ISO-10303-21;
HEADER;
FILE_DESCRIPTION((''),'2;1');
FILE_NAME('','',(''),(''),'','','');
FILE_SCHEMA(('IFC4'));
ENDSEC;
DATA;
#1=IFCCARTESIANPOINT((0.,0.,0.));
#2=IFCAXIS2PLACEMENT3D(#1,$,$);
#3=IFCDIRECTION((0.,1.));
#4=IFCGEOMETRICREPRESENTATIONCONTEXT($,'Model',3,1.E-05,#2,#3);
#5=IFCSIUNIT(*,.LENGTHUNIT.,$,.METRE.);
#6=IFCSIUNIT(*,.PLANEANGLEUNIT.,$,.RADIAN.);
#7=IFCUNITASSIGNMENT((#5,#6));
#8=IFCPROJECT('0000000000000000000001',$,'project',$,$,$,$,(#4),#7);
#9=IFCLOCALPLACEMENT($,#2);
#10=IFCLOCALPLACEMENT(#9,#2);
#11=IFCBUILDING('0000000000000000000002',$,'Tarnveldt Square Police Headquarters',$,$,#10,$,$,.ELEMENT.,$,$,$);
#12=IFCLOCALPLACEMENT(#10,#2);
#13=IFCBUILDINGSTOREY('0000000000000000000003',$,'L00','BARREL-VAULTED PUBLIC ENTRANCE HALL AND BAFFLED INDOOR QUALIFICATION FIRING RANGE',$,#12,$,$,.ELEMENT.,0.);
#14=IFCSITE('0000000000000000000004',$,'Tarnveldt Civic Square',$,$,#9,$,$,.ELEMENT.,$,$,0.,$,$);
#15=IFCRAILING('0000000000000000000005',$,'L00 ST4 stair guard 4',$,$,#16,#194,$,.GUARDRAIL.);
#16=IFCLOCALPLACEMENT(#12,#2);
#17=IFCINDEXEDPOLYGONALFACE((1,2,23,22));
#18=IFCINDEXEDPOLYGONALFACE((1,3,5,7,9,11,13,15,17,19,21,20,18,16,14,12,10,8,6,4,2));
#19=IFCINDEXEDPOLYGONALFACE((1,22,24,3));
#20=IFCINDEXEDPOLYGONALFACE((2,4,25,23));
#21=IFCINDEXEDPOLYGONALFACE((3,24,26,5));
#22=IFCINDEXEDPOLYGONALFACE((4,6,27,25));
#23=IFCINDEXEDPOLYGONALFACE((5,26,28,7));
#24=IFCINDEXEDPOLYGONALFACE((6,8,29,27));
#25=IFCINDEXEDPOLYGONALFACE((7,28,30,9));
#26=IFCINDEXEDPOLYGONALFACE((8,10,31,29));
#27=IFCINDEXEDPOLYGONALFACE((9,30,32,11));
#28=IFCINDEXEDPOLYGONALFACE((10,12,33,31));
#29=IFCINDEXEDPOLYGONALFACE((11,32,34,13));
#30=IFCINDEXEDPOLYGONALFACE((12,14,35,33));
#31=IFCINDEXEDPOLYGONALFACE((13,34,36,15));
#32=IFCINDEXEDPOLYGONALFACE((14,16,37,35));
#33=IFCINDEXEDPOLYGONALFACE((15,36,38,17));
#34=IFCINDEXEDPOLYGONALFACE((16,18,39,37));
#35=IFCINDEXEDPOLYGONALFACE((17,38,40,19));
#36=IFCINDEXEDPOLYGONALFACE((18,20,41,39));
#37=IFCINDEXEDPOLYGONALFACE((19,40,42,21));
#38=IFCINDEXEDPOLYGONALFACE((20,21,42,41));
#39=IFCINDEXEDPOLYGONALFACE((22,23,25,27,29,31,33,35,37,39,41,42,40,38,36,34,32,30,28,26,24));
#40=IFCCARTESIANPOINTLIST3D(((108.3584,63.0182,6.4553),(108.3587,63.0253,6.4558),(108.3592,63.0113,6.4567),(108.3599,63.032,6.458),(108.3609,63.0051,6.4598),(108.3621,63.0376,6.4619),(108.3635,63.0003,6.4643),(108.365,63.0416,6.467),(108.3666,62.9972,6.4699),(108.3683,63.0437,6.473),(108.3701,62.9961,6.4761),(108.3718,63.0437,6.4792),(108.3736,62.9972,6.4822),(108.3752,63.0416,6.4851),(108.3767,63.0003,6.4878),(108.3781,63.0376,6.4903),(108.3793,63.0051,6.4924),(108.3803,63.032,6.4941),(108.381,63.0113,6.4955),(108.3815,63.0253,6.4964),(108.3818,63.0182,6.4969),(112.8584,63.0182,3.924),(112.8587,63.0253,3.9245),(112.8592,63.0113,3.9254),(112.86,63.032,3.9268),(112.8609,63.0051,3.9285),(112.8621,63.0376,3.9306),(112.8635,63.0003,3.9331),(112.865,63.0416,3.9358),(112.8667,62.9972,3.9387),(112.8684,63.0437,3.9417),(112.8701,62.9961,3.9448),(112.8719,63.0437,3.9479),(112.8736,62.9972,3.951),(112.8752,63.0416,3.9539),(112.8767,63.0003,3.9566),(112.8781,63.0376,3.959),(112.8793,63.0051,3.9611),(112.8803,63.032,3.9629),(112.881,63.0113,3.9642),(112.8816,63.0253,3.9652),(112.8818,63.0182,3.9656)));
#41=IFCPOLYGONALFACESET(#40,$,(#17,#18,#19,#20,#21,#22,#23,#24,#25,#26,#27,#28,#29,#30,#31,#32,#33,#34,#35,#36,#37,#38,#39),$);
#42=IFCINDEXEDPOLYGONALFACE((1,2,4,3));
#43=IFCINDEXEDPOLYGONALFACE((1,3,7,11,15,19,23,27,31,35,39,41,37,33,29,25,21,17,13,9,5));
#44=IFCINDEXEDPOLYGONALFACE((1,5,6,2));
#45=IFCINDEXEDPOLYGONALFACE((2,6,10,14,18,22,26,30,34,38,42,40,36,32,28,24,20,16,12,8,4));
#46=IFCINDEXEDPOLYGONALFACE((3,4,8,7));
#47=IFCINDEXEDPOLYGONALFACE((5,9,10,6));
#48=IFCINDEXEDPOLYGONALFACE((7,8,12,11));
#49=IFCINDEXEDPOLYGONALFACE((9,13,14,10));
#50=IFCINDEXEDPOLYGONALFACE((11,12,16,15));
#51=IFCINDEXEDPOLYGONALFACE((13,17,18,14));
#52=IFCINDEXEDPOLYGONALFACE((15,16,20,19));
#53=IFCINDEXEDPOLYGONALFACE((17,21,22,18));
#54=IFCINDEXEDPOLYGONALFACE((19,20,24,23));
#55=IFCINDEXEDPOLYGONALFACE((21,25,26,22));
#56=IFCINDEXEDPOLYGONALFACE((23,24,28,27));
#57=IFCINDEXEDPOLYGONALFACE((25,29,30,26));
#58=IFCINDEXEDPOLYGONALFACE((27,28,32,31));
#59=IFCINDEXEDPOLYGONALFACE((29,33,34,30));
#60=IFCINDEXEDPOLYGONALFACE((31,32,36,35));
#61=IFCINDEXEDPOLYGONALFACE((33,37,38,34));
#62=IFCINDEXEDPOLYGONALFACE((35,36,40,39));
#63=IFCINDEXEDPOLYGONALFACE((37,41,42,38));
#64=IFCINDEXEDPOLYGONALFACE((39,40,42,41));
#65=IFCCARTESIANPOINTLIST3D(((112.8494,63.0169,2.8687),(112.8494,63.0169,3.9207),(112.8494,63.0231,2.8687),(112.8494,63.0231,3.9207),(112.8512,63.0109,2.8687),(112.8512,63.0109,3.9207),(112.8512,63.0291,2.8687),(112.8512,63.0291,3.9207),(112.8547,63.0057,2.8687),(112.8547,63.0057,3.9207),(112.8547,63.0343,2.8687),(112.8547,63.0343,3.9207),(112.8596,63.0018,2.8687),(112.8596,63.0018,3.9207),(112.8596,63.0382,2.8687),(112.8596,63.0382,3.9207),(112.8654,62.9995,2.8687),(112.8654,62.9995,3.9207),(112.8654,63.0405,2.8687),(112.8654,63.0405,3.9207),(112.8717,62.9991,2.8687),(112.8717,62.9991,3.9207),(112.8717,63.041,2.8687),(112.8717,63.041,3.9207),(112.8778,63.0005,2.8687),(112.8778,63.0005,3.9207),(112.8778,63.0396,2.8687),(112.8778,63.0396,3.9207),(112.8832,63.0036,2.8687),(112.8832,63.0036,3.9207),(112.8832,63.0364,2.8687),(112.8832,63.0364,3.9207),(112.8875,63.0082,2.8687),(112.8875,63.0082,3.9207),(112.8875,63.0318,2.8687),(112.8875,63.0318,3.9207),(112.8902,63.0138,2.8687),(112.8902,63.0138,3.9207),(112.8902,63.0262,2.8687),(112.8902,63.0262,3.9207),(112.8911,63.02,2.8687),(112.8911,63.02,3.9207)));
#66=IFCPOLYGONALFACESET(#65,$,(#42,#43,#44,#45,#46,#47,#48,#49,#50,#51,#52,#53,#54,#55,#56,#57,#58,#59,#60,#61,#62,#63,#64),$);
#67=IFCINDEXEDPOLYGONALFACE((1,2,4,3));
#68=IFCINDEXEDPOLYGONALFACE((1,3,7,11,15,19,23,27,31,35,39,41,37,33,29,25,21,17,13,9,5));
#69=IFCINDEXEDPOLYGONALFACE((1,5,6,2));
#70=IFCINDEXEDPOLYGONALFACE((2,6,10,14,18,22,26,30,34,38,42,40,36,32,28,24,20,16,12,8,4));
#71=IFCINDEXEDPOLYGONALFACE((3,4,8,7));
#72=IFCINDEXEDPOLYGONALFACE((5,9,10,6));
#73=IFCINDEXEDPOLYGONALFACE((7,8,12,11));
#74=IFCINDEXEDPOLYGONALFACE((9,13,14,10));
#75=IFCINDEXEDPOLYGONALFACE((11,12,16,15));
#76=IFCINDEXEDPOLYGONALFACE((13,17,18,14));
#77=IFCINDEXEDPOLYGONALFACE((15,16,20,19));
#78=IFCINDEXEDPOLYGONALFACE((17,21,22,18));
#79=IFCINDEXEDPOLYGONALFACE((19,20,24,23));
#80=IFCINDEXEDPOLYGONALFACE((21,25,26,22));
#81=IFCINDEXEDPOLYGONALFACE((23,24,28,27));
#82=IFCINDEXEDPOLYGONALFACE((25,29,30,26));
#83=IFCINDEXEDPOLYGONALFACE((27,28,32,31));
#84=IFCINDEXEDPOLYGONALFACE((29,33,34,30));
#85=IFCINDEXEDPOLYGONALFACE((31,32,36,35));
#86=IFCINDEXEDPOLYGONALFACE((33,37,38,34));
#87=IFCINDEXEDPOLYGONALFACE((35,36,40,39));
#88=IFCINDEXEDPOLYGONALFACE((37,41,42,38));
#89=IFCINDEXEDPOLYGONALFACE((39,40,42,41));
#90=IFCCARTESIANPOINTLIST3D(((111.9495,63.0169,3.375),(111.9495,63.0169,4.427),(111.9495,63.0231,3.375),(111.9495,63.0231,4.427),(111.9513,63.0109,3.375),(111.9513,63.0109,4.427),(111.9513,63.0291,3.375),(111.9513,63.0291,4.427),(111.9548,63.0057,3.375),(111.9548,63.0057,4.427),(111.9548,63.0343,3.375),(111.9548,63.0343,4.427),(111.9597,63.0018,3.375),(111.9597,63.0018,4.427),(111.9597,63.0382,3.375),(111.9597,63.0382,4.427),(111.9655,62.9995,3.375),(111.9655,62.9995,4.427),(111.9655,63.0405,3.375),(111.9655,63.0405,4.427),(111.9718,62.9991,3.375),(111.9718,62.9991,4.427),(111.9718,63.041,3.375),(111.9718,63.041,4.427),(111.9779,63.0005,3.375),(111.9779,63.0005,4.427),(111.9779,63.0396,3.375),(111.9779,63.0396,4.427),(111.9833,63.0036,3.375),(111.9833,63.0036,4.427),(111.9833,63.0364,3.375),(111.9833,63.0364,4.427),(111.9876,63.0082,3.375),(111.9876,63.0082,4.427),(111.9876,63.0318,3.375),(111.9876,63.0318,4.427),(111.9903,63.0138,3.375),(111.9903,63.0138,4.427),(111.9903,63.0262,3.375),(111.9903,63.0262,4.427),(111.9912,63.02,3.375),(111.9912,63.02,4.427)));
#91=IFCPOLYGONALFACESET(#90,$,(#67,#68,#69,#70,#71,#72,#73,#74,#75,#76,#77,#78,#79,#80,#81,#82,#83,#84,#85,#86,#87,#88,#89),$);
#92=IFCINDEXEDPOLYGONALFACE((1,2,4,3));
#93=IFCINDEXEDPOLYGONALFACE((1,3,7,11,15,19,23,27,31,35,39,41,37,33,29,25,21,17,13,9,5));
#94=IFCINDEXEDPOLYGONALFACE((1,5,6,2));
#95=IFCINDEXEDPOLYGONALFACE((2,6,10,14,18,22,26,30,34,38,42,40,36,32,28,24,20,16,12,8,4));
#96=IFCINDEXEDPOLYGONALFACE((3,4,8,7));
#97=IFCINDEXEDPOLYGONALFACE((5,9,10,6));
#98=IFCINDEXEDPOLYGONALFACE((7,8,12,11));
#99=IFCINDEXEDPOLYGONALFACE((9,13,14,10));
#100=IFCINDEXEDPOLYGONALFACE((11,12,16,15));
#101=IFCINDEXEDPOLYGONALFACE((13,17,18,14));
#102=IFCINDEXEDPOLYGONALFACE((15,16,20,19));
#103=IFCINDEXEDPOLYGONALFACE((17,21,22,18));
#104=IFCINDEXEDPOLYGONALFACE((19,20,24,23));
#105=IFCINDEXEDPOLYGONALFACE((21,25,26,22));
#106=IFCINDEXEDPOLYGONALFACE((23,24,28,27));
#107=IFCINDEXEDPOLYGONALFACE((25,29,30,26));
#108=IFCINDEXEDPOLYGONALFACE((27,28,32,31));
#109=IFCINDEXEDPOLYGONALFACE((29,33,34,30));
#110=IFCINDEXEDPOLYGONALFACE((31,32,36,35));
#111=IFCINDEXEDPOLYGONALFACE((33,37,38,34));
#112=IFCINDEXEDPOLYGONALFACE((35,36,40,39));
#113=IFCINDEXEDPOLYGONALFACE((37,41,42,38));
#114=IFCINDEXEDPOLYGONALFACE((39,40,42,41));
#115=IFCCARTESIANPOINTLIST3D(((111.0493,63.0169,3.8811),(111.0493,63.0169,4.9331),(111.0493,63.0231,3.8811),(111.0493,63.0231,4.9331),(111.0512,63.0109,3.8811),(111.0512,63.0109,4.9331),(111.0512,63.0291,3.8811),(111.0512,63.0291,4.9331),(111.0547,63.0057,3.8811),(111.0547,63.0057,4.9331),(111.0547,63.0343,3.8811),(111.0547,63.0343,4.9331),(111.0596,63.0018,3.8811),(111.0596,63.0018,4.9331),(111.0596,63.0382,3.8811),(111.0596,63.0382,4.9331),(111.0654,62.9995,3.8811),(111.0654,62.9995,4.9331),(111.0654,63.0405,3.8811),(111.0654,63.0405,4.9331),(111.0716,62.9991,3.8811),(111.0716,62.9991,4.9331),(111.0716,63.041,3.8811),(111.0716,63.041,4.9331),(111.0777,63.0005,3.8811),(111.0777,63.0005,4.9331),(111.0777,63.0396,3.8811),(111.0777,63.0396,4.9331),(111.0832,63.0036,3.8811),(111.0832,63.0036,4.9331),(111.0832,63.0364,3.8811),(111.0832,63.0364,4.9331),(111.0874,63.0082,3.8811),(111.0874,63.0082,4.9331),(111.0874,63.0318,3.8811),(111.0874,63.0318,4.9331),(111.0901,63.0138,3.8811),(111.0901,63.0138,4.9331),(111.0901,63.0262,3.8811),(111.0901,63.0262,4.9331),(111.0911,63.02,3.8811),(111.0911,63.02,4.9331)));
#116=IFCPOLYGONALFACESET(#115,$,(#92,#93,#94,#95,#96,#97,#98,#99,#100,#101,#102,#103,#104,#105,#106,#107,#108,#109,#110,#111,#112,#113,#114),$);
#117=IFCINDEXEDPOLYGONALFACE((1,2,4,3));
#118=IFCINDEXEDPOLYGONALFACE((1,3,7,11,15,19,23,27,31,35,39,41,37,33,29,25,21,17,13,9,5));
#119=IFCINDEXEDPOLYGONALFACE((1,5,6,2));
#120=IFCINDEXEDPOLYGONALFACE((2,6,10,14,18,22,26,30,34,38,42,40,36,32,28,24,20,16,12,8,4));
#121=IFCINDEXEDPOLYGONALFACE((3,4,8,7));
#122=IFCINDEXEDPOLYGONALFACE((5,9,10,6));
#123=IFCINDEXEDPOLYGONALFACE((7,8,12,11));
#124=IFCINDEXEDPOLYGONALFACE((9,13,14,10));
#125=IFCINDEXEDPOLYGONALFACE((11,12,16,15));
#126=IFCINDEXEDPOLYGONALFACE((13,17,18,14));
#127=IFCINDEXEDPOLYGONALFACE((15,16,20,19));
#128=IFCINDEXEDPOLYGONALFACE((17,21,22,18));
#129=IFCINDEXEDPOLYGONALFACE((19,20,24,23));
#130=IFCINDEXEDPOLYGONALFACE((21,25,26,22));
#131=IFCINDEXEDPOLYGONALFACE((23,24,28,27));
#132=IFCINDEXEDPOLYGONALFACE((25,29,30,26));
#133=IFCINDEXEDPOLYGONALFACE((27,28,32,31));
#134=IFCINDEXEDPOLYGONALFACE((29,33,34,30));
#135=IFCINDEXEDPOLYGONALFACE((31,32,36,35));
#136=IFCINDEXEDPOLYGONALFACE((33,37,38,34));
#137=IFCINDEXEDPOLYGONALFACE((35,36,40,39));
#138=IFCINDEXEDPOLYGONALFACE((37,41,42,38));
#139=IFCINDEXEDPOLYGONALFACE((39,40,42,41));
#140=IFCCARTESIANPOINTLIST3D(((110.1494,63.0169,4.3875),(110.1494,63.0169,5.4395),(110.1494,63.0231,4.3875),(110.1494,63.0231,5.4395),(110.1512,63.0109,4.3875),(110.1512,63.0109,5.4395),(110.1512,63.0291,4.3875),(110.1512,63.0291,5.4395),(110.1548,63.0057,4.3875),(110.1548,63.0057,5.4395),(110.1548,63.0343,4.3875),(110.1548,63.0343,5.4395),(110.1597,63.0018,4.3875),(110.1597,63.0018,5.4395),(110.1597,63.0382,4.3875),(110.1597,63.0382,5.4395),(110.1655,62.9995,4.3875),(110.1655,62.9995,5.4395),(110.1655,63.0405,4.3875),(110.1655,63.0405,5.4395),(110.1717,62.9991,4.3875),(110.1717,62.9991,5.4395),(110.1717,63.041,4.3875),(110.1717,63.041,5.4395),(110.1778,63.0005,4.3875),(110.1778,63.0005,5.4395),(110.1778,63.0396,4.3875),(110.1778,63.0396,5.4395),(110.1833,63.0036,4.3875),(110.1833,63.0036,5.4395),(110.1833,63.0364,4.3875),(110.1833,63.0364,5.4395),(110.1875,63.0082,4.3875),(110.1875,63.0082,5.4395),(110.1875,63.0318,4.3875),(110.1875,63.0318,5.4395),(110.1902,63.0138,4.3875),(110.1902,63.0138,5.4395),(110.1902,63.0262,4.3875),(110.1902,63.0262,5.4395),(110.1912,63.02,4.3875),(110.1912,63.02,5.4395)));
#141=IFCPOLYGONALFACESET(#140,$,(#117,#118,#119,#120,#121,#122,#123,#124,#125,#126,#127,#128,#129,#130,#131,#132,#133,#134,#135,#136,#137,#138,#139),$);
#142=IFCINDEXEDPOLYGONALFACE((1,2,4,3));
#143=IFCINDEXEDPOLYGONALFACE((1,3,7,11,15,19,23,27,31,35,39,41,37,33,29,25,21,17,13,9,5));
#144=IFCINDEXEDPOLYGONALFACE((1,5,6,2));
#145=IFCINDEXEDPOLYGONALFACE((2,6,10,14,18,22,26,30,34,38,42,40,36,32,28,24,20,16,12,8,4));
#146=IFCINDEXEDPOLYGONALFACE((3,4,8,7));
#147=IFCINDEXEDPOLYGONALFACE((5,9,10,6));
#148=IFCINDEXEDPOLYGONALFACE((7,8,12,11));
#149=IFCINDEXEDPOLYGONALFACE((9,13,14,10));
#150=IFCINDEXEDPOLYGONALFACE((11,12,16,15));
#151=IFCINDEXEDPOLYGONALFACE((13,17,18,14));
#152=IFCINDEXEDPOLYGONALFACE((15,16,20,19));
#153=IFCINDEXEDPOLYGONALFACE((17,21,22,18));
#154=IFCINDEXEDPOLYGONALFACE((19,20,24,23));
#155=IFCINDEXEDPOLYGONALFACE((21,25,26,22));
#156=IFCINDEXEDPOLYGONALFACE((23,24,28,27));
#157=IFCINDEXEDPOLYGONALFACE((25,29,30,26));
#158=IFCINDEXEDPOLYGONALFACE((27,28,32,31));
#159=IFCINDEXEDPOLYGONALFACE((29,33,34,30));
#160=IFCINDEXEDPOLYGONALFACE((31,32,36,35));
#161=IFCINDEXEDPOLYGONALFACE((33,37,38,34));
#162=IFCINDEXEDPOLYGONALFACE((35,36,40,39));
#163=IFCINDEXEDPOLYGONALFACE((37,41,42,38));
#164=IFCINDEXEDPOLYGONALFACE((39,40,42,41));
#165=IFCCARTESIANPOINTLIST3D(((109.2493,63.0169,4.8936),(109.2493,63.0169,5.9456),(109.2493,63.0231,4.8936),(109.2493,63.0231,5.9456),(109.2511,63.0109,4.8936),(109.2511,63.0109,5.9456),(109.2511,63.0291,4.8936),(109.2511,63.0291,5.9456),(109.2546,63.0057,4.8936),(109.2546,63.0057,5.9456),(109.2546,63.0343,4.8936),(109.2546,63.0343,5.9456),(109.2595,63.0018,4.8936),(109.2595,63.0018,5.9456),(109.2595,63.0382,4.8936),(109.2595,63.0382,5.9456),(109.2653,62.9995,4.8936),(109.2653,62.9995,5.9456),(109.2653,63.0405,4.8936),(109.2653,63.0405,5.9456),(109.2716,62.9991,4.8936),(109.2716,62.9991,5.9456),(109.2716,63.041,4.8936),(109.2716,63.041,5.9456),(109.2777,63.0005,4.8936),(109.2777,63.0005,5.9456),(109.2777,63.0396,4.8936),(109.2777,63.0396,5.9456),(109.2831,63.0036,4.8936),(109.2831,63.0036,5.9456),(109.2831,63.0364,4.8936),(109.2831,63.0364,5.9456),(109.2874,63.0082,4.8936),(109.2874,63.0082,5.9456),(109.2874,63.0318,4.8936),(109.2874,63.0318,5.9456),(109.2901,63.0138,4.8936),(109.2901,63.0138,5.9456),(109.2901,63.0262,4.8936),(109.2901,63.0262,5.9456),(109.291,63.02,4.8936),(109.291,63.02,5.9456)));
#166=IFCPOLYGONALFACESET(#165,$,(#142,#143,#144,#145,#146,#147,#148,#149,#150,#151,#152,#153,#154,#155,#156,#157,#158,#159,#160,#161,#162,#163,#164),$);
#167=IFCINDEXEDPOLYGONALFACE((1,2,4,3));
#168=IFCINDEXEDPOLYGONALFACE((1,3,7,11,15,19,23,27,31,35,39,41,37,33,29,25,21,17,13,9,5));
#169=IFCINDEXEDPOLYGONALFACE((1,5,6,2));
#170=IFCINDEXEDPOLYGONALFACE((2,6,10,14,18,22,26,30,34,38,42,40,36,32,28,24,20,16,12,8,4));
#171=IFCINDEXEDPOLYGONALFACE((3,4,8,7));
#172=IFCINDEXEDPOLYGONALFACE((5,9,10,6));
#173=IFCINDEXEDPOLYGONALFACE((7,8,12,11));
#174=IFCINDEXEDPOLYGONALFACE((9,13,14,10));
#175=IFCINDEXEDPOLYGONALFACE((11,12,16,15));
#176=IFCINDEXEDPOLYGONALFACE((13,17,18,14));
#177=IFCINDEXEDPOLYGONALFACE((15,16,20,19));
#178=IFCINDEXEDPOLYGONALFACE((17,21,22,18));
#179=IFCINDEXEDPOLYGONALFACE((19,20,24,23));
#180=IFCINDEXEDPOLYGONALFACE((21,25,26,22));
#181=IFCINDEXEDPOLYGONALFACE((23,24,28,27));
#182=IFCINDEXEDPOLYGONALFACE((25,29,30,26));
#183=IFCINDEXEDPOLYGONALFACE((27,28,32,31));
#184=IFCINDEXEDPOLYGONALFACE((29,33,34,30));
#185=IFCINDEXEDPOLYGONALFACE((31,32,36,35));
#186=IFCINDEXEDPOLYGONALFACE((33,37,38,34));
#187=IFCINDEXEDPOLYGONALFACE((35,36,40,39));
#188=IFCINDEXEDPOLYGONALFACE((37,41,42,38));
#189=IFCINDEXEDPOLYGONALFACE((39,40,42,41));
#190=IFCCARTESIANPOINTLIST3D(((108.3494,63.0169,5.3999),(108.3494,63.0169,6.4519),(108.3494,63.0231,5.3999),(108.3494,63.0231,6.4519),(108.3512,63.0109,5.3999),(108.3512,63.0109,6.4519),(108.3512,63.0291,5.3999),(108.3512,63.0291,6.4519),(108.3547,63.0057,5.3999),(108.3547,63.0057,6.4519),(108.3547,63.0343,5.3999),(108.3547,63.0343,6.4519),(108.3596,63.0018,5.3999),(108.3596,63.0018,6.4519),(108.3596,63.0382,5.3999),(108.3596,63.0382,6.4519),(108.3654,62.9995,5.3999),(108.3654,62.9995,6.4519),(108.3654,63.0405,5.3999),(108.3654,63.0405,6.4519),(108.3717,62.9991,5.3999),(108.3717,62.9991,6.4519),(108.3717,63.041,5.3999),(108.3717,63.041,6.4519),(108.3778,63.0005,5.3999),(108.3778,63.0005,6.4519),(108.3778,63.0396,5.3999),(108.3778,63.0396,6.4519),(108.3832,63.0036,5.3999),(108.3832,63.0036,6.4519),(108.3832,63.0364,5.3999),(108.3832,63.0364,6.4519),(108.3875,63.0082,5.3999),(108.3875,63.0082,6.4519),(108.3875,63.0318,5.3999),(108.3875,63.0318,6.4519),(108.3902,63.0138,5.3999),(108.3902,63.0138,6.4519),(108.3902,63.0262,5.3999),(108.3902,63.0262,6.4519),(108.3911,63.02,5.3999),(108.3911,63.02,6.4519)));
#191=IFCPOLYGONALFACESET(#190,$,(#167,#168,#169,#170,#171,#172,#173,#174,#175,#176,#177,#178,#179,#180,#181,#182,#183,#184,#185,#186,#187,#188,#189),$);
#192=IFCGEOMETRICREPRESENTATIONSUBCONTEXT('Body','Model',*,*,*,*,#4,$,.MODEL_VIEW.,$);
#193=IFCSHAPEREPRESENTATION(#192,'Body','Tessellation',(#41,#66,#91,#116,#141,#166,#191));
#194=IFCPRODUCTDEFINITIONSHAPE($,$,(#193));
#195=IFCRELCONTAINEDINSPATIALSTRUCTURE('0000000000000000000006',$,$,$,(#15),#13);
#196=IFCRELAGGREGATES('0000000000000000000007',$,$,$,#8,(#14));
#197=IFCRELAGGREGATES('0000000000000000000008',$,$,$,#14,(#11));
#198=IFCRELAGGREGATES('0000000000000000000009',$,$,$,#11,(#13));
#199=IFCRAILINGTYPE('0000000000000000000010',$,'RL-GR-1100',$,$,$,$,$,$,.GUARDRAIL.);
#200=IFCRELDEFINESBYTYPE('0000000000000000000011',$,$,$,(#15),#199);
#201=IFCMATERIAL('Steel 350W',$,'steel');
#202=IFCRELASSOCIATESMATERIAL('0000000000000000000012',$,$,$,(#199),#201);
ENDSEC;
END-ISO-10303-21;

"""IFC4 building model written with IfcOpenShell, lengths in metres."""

from ifc_helpers import new_model, si_unit, direction, frame, origin, origin_2d, place, context, subcontext, project, spatial, circle, extrude, material, type_object, element, save


model = new_model("IFC4")

# Units and contexts
model_context = context("Model", 3, precision=1e-05, world=origin(), true_north=direction((0.0, 1.0)))
body_context = subcontext(model_context, "Body", "Model", "MODEL_VIEW")
ifc_project = project(units=[si_unit("LENGTHUNIT", "METRE"), si_unit("PLANEANGLEUNIT", "RADIAN")], contexts=[model_context])

# Site, building, storey
site_placement = place(None, origin())
site = spatial("IfcSite", under=ifc_project, at=site_placement, Name="Tarnveldt Civic Square", CompositionType="ELEMENT", RefElevation=0.0)
building_placement = place(site_placement, origin())
building = spatial("IfcBuilding", under=site, at=building_placement, Name="Tarnveldt Square Police Headquarters", CompositionType="ELEMENT")
storey_placement = place(building_placement, origin())
storey = spatial("IfcBuildingStorey", under=building, at=storey_placement, Name="L00", Description="BARREL-VAULTED PUBLIC ENTRANCE HALL AND BAFFLED INDOOR QUALIFICATION FIRING RANGE", CompositionType="ELEMENT", Elevation=0.0)

# Railing
ifc_material_1 = material(Name="Steel 350W", Category="steel")
railing_type_1 = type_object("IfcRailingType", Name="RL-GR-1100", PredefinedType="GUARDRAIL", material=ifc_material_1)
railing_1_placement = place(storey_placement, frame((112.8701, 63.02, 2.8687)))
element("IfcRailing", 1, at=railing_1_placement, inside=storey, type_object=railing_type_1, Name="L00 ST4 stair guard 4", PredefinedType="GUARDRAIL", context=body_context, shape_type="SweptSolid", body=[
    extrude(circle(Radius=0.0239, at=origin_2d()), frame((0.0, 0.0, 1.0762), z_axis=(-0.871576, 0.0, 0.490261), x_axis=(0.0, -1.0, 0.0)), (0.0, 0.0, 1.0), 5.1631),
    extrude(circle(Radius=0.021, at=origin_2d()), origin(), (0.0, 0.0, 1.0), 1.052),
    extrude(circle(Radius=0.021, at=origin_2d()), frame((-0.8999, 0.0, 0.5063)), (0.0, 0.0, 1.0), 1.052),
    extrude(circle(Radius=0.021, at=origin_2d()), frame((-1.8, 0.0, 1.0125)), (0.0, 0.0, 1.0), 1.052),
    extrude(circle(Radius=0.021, at=origin_2d()), frame((-2.7, 0.0, 1.5188)), (0.0, 0.0, 1.0), 1.052),
    extrude(circle(Radius=0.021, at=origin_2d()), frame((-3.6001, 0.0, 2.0249)), (0.0, 0.0, 1.0), 1.052),
    extrude(circle(Radius=0.021, at=origin_2d()), frame((-4.5, 0.0, 2.5312)), (0.0, 0.0, 1.0), 1.052),
])

save(model, "model.ifc")
